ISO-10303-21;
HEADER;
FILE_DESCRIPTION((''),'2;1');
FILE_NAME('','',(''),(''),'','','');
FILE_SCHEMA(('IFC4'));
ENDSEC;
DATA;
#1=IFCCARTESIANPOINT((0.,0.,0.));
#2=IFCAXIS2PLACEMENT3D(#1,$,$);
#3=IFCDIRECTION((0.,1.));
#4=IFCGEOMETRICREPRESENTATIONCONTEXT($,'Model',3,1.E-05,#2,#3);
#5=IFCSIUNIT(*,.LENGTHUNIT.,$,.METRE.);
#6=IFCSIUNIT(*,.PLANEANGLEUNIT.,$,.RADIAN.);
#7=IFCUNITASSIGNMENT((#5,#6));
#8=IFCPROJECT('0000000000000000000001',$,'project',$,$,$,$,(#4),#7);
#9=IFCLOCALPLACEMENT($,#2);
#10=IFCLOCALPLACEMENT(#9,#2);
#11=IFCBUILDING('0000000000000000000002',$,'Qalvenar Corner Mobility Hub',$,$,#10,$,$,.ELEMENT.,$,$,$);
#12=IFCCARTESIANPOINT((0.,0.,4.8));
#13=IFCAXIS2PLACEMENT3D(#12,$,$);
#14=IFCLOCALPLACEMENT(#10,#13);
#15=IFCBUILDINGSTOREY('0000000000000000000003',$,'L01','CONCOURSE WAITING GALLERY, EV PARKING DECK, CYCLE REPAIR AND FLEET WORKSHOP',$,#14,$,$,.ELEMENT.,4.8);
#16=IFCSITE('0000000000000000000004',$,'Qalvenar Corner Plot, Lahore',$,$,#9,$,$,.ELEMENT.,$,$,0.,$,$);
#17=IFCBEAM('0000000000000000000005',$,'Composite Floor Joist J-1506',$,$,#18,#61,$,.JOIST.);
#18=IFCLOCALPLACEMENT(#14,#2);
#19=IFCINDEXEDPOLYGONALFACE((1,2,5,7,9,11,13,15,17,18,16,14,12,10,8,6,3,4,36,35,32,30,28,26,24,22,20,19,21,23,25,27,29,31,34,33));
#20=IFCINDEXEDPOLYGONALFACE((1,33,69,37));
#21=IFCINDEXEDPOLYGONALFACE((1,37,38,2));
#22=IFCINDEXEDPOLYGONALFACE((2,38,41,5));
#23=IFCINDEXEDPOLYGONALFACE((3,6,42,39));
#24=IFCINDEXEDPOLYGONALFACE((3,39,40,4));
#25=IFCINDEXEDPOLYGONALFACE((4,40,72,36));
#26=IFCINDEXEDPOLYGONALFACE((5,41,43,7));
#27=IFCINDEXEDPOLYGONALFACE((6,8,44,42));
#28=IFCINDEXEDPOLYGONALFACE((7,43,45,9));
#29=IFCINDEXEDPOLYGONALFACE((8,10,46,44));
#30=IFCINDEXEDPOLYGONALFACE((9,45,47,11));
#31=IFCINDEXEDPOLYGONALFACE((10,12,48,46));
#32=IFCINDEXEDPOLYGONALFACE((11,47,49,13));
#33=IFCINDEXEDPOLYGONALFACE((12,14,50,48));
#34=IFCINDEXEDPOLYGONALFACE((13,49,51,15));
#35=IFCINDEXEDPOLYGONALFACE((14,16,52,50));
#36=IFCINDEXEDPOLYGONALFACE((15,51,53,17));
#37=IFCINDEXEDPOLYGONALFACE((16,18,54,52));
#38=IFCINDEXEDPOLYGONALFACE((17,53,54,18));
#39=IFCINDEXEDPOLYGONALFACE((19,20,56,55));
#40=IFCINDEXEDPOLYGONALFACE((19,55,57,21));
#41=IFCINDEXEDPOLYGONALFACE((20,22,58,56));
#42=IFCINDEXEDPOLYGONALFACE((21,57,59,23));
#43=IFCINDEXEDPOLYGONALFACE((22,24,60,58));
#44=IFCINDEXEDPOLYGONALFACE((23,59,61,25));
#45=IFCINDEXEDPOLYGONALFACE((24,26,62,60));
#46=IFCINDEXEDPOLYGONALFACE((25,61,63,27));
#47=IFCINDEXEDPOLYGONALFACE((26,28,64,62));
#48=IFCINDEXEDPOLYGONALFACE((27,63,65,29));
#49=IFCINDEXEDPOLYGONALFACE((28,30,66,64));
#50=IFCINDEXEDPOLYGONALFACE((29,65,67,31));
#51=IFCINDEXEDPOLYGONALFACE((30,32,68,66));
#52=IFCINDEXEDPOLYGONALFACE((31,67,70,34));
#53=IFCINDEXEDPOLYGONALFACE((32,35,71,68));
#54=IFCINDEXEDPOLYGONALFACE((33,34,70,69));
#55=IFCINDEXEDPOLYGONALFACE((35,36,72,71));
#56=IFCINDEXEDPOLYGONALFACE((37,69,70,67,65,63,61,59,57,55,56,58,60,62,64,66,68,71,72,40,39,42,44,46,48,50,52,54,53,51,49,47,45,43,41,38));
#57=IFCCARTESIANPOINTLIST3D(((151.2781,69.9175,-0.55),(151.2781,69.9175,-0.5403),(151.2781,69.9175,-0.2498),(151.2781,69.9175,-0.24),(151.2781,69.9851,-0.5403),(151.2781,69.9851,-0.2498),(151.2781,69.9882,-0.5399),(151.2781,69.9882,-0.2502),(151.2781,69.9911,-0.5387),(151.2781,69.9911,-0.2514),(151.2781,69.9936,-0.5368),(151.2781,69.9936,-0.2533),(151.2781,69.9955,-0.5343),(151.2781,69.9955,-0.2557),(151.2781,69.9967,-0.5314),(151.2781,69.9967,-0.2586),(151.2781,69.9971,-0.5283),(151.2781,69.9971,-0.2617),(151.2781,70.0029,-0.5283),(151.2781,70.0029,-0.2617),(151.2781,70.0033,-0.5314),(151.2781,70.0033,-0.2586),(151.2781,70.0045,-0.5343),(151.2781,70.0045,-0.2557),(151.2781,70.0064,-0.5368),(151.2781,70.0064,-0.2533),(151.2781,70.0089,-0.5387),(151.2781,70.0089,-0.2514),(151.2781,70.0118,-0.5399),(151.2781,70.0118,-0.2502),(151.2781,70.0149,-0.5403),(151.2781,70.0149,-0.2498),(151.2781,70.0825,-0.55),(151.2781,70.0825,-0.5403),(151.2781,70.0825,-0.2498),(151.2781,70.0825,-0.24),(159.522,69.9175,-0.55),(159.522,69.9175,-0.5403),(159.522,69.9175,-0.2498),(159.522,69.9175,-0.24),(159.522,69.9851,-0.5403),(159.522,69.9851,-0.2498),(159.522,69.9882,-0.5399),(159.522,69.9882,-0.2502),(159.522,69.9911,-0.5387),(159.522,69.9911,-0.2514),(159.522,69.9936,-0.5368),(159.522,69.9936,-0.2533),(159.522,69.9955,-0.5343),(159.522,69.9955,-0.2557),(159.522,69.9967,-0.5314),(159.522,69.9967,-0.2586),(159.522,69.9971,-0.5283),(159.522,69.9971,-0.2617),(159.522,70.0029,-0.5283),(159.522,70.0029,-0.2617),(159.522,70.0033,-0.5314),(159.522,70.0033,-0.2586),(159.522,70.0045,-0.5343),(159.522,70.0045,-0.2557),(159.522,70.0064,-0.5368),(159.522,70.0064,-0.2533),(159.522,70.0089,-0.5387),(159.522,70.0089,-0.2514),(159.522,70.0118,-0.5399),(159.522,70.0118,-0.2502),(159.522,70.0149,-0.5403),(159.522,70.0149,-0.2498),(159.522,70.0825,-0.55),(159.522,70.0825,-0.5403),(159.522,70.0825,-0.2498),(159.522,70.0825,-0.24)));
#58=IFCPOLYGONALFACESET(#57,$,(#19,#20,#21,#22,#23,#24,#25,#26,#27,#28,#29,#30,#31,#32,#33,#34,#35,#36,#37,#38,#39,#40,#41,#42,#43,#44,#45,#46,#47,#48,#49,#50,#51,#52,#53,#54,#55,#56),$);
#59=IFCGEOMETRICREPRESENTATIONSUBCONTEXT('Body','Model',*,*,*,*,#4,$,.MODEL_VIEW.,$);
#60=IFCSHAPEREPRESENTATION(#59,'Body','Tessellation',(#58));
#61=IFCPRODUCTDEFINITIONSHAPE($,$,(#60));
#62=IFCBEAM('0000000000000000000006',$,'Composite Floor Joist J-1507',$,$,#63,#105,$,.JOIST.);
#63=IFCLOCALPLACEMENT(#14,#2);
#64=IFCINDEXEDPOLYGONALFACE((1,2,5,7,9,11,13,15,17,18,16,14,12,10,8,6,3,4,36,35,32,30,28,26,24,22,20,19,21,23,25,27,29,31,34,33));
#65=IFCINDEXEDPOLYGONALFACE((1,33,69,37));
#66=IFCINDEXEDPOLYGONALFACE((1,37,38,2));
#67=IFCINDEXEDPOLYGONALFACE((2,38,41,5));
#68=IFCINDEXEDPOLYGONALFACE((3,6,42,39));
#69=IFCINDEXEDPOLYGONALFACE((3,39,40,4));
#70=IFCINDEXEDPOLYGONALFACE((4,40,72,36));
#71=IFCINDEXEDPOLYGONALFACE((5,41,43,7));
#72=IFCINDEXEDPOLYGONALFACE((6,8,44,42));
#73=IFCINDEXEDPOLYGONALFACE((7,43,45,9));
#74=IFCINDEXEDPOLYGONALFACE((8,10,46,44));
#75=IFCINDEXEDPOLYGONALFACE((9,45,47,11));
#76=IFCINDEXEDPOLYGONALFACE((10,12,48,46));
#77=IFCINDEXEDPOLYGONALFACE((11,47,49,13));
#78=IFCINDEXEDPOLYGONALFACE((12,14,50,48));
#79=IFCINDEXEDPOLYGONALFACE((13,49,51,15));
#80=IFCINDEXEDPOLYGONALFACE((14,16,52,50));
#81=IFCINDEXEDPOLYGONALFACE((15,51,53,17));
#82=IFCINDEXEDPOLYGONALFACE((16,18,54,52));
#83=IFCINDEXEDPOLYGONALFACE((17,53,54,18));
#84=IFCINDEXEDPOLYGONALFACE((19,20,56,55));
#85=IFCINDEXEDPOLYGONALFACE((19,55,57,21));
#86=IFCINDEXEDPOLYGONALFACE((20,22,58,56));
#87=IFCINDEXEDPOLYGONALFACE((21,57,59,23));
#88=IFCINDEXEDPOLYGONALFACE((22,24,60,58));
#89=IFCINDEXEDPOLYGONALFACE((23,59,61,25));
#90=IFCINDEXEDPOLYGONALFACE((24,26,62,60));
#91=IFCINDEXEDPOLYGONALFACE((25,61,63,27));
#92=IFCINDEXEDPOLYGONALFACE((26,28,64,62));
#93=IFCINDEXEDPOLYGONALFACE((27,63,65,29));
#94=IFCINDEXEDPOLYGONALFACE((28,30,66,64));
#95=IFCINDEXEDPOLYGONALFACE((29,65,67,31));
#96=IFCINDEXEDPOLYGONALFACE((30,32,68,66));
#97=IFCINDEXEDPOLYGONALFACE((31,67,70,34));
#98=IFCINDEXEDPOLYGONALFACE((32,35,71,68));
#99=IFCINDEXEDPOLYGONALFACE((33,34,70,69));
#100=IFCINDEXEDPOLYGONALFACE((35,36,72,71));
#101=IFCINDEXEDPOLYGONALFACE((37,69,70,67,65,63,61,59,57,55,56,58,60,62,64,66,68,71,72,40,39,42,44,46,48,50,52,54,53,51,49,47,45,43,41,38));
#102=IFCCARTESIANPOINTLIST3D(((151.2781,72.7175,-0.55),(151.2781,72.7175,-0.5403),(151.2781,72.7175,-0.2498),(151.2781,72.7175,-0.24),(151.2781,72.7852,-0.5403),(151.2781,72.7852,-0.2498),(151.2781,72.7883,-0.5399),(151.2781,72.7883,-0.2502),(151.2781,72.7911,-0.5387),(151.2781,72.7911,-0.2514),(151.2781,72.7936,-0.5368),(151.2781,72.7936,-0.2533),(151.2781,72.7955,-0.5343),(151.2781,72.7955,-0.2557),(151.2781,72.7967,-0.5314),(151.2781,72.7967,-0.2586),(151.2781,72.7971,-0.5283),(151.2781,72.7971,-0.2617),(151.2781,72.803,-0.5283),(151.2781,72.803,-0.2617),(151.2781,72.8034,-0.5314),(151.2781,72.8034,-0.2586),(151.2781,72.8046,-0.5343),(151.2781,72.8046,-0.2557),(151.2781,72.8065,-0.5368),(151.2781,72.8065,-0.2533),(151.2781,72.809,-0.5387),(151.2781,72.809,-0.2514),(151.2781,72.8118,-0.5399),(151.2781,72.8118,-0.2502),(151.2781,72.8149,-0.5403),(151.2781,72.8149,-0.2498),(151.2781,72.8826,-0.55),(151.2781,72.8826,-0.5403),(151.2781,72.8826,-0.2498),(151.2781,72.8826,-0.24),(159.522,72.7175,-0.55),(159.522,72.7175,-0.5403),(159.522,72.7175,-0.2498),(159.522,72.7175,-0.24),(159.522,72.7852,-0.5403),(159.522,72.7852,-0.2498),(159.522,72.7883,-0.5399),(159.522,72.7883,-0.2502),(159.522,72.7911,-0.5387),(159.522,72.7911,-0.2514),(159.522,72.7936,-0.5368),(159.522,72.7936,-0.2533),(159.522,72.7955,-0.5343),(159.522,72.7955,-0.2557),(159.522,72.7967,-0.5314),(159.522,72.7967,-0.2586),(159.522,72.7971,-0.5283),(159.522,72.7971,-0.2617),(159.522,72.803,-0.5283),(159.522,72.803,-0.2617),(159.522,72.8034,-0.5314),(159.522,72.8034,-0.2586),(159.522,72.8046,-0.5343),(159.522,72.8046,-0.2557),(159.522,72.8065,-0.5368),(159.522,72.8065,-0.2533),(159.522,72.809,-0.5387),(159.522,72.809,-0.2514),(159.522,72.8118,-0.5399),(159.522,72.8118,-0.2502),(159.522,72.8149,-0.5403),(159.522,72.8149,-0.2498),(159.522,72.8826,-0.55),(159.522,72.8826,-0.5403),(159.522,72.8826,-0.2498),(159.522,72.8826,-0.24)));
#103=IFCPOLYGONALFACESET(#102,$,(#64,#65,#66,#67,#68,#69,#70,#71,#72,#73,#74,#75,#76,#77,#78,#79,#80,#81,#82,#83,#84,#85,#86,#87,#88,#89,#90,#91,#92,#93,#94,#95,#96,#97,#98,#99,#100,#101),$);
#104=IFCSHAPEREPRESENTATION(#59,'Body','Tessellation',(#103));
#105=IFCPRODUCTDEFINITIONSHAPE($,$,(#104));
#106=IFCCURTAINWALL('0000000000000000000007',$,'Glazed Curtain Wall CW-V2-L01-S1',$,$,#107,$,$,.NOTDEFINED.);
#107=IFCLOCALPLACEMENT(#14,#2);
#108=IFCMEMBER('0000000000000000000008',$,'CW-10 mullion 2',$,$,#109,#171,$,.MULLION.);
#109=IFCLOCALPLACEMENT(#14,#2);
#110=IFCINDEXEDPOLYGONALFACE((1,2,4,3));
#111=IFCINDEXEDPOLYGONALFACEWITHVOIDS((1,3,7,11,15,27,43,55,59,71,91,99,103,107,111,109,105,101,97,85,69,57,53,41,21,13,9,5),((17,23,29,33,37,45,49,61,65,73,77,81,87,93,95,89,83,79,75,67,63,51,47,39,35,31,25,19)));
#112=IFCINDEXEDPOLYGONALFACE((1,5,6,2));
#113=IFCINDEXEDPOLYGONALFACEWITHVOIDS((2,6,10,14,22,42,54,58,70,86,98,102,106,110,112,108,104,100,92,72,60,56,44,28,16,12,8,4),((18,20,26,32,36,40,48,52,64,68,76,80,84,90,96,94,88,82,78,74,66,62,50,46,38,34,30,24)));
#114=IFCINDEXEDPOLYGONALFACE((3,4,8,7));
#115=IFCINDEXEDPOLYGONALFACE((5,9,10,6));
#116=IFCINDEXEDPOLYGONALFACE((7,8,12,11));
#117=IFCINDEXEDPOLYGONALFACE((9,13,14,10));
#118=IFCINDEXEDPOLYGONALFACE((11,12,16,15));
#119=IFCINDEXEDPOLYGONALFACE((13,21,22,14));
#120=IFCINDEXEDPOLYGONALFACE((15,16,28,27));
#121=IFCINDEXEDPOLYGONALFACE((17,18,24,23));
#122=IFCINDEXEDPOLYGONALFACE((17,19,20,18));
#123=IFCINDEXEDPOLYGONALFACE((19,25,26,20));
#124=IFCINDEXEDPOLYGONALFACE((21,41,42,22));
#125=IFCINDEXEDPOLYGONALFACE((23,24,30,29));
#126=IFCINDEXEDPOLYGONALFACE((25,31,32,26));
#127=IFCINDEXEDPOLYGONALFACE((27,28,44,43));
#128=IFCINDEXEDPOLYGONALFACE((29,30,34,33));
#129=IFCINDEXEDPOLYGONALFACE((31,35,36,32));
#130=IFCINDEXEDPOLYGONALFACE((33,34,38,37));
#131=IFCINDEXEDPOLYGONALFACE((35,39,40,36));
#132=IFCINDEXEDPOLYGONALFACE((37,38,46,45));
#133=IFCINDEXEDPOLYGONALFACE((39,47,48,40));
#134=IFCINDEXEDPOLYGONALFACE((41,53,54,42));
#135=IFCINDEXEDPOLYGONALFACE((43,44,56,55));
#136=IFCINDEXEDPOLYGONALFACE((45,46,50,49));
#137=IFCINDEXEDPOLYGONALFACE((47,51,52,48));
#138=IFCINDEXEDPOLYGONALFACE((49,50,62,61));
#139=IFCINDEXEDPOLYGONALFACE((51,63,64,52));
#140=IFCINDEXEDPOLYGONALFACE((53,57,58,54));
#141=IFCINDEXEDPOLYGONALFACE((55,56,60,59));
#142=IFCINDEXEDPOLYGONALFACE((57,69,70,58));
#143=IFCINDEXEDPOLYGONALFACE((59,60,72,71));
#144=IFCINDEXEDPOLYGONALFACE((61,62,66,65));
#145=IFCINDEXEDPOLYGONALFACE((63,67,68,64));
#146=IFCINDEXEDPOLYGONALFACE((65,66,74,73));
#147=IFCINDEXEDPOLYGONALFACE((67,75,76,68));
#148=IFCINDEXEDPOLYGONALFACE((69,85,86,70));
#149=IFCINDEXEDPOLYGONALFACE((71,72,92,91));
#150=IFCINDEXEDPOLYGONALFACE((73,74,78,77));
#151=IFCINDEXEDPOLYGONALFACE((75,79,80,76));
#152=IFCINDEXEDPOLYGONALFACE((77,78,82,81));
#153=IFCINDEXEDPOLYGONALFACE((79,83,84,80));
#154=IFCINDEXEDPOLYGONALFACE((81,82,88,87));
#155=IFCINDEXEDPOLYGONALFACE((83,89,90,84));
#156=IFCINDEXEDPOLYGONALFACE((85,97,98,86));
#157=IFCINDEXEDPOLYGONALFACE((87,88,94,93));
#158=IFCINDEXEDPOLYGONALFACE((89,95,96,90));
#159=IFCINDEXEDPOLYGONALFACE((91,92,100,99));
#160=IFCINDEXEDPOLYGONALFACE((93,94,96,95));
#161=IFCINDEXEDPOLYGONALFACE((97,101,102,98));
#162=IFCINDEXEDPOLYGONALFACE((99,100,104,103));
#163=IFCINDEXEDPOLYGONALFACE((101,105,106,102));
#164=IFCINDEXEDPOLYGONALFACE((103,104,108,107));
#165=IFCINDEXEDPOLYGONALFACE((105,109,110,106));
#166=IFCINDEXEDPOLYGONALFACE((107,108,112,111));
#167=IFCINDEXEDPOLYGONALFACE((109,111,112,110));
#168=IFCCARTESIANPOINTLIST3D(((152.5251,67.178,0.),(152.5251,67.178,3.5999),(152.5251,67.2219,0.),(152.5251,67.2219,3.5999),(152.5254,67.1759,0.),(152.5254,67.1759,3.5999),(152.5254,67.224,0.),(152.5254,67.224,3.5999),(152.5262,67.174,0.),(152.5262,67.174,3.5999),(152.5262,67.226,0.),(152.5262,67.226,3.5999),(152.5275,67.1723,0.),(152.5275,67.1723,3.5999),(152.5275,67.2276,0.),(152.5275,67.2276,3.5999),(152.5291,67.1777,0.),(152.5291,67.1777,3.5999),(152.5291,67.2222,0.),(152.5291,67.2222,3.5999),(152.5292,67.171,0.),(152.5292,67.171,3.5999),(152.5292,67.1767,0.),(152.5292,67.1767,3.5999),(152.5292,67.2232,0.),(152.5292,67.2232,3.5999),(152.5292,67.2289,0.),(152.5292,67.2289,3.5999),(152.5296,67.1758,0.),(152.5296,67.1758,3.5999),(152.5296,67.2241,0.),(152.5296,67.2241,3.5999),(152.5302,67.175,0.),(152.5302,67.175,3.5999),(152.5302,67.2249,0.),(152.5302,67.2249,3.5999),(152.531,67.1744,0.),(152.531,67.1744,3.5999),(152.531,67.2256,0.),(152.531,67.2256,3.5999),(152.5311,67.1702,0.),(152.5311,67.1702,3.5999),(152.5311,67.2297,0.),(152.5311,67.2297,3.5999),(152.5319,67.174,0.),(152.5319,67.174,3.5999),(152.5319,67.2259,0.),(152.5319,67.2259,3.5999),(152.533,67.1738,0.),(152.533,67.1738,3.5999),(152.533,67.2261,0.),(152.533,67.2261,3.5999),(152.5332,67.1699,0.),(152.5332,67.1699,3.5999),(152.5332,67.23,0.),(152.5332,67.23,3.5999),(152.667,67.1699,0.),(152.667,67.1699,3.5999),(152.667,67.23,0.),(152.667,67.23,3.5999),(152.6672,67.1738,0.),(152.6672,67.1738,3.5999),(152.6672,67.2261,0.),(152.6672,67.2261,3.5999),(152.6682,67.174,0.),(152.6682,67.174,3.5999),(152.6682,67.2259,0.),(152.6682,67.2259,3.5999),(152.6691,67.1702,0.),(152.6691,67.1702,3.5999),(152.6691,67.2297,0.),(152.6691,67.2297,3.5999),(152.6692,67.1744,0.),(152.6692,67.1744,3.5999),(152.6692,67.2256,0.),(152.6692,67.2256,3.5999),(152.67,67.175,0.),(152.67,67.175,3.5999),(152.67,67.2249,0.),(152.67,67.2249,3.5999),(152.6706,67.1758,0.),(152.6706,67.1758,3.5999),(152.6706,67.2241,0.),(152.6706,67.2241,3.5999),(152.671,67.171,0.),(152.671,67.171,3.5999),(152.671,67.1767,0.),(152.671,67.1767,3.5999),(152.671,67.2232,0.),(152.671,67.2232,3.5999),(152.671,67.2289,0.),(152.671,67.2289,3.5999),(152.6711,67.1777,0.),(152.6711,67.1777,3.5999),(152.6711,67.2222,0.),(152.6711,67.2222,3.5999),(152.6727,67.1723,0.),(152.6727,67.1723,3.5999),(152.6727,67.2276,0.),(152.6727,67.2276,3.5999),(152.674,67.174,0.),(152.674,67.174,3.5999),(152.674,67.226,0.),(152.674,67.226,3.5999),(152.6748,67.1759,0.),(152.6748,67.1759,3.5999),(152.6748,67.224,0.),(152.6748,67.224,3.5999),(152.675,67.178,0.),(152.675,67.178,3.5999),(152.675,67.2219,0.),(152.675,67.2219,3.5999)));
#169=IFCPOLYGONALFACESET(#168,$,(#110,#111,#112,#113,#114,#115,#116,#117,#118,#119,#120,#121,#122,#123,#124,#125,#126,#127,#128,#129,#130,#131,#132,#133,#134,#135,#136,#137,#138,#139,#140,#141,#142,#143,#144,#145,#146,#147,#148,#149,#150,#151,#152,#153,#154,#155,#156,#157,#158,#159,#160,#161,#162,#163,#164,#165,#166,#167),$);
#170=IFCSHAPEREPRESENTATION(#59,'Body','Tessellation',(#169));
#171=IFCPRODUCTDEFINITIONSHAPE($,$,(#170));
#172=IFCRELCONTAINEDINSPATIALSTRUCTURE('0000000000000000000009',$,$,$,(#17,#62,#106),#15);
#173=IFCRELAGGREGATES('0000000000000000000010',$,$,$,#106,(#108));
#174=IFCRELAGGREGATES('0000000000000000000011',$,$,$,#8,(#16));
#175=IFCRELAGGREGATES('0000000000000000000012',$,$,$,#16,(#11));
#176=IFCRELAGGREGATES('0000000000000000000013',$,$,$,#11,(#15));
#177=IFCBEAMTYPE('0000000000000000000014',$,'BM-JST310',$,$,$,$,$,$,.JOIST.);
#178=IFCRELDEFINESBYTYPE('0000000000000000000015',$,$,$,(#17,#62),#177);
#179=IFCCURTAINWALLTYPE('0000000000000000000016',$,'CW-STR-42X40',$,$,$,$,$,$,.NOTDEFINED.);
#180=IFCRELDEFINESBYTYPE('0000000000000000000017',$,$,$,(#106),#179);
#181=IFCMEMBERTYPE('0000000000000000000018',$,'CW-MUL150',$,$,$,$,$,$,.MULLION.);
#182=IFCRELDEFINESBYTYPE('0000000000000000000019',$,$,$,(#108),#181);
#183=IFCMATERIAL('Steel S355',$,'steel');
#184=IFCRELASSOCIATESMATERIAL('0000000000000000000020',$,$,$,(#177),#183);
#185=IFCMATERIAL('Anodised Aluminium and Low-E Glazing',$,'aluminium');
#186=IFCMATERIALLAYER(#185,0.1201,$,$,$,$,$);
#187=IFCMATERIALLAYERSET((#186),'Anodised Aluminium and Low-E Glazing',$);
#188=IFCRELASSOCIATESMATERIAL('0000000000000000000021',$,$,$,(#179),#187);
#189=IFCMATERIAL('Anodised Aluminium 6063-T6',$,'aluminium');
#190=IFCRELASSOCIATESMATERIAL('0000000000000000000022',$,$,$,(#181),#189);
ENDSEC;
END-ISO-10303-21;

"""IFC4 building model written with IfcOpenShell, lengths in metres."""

from ifc_helpers import new_model, si_unit, direction, frame, origin, origin_2d, place, context, subcontext, project, spatial, hollow_rectangle, i_section, extrude, material, layer, layer_set, material_profile, profile_set, type_object, element, aggregate, save


model = new_model("IFC4")

# Units and contexts
model_context = context("Model", 3, precision=1e-05, world=origin(), true_north=direction((0.0, 1.0)))
body_context = subcontext(model_context, "Body", "Model", "MODEL_VIEW")
ifc_project = project(units=[si_unit("LENGTHUNIT", "METRE"), si_unit("PLANEANGLEUNIT", "RADIAN")], contexts=[model_context])

# Site, building, storey
site_placement = place(None, origin())
site = spatial("IfcSite", under=ifc_project, at=site_placement, Name="Qalvenar Corner Plot, Lahore", CompositionType="ELEMENT", RefElevation=0.0)
building_placement = place(site_placement, origin())
building = spatial("IfcBuilding", under=site, at=building_placement, Name="Qalvenar Corner Mobility Hub", CompositionType="ELEMENT")
storey_placement = place(building_placement, frame((0.0, 0.0, 4.8)))
storey = spatial("IfcBuildingStorey", under=building, at=storey_placement, Name="L01", Description="CONCOURSE WAITING GALLERY, EV PARKING DECK, CYCLE REPAIR AND FLEET WORKSHOP", CompositionType="ELEMENT", Elevation=4.8)

# Beams
ifc_material_1 = material(Name="Steel S355", Category="steel")
ifc_material_profile_1 = material_profile(ifc_material_1, i_section(OverallWidth=0.165, OverallDepth=0.3101, WebThickness=0.0059, FlangeThickness=0.0098, FilletRadius=0.012, at=origin_2d()), Name="W310x38.7")
ifc_profile_set_1 = profile_set([ifc_material_profile_1], Name="Steel S355")
beam_type = type_object("IfcBeamType", Name="BM-JST310", PredefinedType="JOIST", material=ifc_profile_set_1)
for number, where, z_axis, x_axis, name in (
    (1, (151.2781, 70.0, -0.395), (1.0, 0.0, 0.0), (0.0, 1.0, 0.0), "Composite Floor Joist J-1506"),
    (2, (151.2781, 72.8, -0.395), (1.0, 0.0, 0.0), (0.0, 1.0, 0.0), "Composite Floor Joist J-1507"),
):
    element("IfcBeam", number, at=place(storey_placement, frame(where, z_axis=z_axis, x_axis=x_axis)), inside=storey, type_object=beam_type, Name=name, PredefinedType="JOIST", context=body_context, shape_type="SweptSolid", body=[
        extrude(i_section(OverallWidth=0.165, OverallDepth=0.3101, WebThickness=0.0059, FlangeThickness=0.0098, FilletRadius=0.012, at=origin_2d()), origin(), (0.0, 0.0, 1.0), 8.2439),
    ])

# Curtain wall, member
ifc_material_2 = material(Name="Anodised Aluminium and Low-E Glazing", Category="aluminium")
ifc_layer_1 = layer(ifc_material_2, 0.1201)
ifc_layer_set_1 = layer_set([ifc_layer_1], Name="Anodised Aluminium and Low-E Glazing")
curtain_wall_type = type_object("IfcCurtainWallType", Name="CW-STR-42X40", PredefinedType="NOTDEFINED", material=ifc_layer_set_1)
curtain_wall_placement = place(storey_placement, origin())
curtain_wall = element("IfcCurtainWall", 3, at=curtain_wall_placement, inside=storey, type_object=curtain_wall_type, Name="Glazed Curtain Wall CW-V2-L01-S1", PredefinedType="NOTDEFINED")
ifc_material_3 = material(Name="Anodised Aluminium 6063-T6", Category="aluminium")
ifc_material_profile_2 = material_profile(ifc_material_3, hollow_rectangle(XDim=0.0601, YDim=0.1499, WallThickness=0.0039, InnerFilletRadius=0.0039, OuterFilletRadius=0.0081, at=origin_2d()), Name="RHS150x60x4")
ifc_profile_set_2 = profile_set([ifc_material_profile_2], Name="Anodised Aluminium 6063-T6")
member_type_1 = type_object("IfcMemberType", Name="CW-MUL150", PredefinedType="MULLION", material=ifc_profile_set_2)
member_1_placement = place(storey_placement, frame((152.6001, 67.2, 0.0), z_axis=(0.0, 0.0, 1.0), x_axis=(0.0, 1.0, 0.0)))
member_1 = element("IfcMember", 4, at=member_1_placement, type_object=member_type_1, Name="CW-10 mullion 2", PredefinedType="MULLION", context=body_context, shape_type="SweptSolid", body=[
    extrude(hollow_rectangle(XDim=0.0601, YDim=0.1499, WallThickness=0.0039, InnerFilletRadius=0.0039, OuterFilletRadius=0.0081, at=origin_2d()), origin(), (0.0, 0.0, 1.0), 3.5999),
])
aggregate(curtain_wall, [member_1])

save(model, "model.ifc")
